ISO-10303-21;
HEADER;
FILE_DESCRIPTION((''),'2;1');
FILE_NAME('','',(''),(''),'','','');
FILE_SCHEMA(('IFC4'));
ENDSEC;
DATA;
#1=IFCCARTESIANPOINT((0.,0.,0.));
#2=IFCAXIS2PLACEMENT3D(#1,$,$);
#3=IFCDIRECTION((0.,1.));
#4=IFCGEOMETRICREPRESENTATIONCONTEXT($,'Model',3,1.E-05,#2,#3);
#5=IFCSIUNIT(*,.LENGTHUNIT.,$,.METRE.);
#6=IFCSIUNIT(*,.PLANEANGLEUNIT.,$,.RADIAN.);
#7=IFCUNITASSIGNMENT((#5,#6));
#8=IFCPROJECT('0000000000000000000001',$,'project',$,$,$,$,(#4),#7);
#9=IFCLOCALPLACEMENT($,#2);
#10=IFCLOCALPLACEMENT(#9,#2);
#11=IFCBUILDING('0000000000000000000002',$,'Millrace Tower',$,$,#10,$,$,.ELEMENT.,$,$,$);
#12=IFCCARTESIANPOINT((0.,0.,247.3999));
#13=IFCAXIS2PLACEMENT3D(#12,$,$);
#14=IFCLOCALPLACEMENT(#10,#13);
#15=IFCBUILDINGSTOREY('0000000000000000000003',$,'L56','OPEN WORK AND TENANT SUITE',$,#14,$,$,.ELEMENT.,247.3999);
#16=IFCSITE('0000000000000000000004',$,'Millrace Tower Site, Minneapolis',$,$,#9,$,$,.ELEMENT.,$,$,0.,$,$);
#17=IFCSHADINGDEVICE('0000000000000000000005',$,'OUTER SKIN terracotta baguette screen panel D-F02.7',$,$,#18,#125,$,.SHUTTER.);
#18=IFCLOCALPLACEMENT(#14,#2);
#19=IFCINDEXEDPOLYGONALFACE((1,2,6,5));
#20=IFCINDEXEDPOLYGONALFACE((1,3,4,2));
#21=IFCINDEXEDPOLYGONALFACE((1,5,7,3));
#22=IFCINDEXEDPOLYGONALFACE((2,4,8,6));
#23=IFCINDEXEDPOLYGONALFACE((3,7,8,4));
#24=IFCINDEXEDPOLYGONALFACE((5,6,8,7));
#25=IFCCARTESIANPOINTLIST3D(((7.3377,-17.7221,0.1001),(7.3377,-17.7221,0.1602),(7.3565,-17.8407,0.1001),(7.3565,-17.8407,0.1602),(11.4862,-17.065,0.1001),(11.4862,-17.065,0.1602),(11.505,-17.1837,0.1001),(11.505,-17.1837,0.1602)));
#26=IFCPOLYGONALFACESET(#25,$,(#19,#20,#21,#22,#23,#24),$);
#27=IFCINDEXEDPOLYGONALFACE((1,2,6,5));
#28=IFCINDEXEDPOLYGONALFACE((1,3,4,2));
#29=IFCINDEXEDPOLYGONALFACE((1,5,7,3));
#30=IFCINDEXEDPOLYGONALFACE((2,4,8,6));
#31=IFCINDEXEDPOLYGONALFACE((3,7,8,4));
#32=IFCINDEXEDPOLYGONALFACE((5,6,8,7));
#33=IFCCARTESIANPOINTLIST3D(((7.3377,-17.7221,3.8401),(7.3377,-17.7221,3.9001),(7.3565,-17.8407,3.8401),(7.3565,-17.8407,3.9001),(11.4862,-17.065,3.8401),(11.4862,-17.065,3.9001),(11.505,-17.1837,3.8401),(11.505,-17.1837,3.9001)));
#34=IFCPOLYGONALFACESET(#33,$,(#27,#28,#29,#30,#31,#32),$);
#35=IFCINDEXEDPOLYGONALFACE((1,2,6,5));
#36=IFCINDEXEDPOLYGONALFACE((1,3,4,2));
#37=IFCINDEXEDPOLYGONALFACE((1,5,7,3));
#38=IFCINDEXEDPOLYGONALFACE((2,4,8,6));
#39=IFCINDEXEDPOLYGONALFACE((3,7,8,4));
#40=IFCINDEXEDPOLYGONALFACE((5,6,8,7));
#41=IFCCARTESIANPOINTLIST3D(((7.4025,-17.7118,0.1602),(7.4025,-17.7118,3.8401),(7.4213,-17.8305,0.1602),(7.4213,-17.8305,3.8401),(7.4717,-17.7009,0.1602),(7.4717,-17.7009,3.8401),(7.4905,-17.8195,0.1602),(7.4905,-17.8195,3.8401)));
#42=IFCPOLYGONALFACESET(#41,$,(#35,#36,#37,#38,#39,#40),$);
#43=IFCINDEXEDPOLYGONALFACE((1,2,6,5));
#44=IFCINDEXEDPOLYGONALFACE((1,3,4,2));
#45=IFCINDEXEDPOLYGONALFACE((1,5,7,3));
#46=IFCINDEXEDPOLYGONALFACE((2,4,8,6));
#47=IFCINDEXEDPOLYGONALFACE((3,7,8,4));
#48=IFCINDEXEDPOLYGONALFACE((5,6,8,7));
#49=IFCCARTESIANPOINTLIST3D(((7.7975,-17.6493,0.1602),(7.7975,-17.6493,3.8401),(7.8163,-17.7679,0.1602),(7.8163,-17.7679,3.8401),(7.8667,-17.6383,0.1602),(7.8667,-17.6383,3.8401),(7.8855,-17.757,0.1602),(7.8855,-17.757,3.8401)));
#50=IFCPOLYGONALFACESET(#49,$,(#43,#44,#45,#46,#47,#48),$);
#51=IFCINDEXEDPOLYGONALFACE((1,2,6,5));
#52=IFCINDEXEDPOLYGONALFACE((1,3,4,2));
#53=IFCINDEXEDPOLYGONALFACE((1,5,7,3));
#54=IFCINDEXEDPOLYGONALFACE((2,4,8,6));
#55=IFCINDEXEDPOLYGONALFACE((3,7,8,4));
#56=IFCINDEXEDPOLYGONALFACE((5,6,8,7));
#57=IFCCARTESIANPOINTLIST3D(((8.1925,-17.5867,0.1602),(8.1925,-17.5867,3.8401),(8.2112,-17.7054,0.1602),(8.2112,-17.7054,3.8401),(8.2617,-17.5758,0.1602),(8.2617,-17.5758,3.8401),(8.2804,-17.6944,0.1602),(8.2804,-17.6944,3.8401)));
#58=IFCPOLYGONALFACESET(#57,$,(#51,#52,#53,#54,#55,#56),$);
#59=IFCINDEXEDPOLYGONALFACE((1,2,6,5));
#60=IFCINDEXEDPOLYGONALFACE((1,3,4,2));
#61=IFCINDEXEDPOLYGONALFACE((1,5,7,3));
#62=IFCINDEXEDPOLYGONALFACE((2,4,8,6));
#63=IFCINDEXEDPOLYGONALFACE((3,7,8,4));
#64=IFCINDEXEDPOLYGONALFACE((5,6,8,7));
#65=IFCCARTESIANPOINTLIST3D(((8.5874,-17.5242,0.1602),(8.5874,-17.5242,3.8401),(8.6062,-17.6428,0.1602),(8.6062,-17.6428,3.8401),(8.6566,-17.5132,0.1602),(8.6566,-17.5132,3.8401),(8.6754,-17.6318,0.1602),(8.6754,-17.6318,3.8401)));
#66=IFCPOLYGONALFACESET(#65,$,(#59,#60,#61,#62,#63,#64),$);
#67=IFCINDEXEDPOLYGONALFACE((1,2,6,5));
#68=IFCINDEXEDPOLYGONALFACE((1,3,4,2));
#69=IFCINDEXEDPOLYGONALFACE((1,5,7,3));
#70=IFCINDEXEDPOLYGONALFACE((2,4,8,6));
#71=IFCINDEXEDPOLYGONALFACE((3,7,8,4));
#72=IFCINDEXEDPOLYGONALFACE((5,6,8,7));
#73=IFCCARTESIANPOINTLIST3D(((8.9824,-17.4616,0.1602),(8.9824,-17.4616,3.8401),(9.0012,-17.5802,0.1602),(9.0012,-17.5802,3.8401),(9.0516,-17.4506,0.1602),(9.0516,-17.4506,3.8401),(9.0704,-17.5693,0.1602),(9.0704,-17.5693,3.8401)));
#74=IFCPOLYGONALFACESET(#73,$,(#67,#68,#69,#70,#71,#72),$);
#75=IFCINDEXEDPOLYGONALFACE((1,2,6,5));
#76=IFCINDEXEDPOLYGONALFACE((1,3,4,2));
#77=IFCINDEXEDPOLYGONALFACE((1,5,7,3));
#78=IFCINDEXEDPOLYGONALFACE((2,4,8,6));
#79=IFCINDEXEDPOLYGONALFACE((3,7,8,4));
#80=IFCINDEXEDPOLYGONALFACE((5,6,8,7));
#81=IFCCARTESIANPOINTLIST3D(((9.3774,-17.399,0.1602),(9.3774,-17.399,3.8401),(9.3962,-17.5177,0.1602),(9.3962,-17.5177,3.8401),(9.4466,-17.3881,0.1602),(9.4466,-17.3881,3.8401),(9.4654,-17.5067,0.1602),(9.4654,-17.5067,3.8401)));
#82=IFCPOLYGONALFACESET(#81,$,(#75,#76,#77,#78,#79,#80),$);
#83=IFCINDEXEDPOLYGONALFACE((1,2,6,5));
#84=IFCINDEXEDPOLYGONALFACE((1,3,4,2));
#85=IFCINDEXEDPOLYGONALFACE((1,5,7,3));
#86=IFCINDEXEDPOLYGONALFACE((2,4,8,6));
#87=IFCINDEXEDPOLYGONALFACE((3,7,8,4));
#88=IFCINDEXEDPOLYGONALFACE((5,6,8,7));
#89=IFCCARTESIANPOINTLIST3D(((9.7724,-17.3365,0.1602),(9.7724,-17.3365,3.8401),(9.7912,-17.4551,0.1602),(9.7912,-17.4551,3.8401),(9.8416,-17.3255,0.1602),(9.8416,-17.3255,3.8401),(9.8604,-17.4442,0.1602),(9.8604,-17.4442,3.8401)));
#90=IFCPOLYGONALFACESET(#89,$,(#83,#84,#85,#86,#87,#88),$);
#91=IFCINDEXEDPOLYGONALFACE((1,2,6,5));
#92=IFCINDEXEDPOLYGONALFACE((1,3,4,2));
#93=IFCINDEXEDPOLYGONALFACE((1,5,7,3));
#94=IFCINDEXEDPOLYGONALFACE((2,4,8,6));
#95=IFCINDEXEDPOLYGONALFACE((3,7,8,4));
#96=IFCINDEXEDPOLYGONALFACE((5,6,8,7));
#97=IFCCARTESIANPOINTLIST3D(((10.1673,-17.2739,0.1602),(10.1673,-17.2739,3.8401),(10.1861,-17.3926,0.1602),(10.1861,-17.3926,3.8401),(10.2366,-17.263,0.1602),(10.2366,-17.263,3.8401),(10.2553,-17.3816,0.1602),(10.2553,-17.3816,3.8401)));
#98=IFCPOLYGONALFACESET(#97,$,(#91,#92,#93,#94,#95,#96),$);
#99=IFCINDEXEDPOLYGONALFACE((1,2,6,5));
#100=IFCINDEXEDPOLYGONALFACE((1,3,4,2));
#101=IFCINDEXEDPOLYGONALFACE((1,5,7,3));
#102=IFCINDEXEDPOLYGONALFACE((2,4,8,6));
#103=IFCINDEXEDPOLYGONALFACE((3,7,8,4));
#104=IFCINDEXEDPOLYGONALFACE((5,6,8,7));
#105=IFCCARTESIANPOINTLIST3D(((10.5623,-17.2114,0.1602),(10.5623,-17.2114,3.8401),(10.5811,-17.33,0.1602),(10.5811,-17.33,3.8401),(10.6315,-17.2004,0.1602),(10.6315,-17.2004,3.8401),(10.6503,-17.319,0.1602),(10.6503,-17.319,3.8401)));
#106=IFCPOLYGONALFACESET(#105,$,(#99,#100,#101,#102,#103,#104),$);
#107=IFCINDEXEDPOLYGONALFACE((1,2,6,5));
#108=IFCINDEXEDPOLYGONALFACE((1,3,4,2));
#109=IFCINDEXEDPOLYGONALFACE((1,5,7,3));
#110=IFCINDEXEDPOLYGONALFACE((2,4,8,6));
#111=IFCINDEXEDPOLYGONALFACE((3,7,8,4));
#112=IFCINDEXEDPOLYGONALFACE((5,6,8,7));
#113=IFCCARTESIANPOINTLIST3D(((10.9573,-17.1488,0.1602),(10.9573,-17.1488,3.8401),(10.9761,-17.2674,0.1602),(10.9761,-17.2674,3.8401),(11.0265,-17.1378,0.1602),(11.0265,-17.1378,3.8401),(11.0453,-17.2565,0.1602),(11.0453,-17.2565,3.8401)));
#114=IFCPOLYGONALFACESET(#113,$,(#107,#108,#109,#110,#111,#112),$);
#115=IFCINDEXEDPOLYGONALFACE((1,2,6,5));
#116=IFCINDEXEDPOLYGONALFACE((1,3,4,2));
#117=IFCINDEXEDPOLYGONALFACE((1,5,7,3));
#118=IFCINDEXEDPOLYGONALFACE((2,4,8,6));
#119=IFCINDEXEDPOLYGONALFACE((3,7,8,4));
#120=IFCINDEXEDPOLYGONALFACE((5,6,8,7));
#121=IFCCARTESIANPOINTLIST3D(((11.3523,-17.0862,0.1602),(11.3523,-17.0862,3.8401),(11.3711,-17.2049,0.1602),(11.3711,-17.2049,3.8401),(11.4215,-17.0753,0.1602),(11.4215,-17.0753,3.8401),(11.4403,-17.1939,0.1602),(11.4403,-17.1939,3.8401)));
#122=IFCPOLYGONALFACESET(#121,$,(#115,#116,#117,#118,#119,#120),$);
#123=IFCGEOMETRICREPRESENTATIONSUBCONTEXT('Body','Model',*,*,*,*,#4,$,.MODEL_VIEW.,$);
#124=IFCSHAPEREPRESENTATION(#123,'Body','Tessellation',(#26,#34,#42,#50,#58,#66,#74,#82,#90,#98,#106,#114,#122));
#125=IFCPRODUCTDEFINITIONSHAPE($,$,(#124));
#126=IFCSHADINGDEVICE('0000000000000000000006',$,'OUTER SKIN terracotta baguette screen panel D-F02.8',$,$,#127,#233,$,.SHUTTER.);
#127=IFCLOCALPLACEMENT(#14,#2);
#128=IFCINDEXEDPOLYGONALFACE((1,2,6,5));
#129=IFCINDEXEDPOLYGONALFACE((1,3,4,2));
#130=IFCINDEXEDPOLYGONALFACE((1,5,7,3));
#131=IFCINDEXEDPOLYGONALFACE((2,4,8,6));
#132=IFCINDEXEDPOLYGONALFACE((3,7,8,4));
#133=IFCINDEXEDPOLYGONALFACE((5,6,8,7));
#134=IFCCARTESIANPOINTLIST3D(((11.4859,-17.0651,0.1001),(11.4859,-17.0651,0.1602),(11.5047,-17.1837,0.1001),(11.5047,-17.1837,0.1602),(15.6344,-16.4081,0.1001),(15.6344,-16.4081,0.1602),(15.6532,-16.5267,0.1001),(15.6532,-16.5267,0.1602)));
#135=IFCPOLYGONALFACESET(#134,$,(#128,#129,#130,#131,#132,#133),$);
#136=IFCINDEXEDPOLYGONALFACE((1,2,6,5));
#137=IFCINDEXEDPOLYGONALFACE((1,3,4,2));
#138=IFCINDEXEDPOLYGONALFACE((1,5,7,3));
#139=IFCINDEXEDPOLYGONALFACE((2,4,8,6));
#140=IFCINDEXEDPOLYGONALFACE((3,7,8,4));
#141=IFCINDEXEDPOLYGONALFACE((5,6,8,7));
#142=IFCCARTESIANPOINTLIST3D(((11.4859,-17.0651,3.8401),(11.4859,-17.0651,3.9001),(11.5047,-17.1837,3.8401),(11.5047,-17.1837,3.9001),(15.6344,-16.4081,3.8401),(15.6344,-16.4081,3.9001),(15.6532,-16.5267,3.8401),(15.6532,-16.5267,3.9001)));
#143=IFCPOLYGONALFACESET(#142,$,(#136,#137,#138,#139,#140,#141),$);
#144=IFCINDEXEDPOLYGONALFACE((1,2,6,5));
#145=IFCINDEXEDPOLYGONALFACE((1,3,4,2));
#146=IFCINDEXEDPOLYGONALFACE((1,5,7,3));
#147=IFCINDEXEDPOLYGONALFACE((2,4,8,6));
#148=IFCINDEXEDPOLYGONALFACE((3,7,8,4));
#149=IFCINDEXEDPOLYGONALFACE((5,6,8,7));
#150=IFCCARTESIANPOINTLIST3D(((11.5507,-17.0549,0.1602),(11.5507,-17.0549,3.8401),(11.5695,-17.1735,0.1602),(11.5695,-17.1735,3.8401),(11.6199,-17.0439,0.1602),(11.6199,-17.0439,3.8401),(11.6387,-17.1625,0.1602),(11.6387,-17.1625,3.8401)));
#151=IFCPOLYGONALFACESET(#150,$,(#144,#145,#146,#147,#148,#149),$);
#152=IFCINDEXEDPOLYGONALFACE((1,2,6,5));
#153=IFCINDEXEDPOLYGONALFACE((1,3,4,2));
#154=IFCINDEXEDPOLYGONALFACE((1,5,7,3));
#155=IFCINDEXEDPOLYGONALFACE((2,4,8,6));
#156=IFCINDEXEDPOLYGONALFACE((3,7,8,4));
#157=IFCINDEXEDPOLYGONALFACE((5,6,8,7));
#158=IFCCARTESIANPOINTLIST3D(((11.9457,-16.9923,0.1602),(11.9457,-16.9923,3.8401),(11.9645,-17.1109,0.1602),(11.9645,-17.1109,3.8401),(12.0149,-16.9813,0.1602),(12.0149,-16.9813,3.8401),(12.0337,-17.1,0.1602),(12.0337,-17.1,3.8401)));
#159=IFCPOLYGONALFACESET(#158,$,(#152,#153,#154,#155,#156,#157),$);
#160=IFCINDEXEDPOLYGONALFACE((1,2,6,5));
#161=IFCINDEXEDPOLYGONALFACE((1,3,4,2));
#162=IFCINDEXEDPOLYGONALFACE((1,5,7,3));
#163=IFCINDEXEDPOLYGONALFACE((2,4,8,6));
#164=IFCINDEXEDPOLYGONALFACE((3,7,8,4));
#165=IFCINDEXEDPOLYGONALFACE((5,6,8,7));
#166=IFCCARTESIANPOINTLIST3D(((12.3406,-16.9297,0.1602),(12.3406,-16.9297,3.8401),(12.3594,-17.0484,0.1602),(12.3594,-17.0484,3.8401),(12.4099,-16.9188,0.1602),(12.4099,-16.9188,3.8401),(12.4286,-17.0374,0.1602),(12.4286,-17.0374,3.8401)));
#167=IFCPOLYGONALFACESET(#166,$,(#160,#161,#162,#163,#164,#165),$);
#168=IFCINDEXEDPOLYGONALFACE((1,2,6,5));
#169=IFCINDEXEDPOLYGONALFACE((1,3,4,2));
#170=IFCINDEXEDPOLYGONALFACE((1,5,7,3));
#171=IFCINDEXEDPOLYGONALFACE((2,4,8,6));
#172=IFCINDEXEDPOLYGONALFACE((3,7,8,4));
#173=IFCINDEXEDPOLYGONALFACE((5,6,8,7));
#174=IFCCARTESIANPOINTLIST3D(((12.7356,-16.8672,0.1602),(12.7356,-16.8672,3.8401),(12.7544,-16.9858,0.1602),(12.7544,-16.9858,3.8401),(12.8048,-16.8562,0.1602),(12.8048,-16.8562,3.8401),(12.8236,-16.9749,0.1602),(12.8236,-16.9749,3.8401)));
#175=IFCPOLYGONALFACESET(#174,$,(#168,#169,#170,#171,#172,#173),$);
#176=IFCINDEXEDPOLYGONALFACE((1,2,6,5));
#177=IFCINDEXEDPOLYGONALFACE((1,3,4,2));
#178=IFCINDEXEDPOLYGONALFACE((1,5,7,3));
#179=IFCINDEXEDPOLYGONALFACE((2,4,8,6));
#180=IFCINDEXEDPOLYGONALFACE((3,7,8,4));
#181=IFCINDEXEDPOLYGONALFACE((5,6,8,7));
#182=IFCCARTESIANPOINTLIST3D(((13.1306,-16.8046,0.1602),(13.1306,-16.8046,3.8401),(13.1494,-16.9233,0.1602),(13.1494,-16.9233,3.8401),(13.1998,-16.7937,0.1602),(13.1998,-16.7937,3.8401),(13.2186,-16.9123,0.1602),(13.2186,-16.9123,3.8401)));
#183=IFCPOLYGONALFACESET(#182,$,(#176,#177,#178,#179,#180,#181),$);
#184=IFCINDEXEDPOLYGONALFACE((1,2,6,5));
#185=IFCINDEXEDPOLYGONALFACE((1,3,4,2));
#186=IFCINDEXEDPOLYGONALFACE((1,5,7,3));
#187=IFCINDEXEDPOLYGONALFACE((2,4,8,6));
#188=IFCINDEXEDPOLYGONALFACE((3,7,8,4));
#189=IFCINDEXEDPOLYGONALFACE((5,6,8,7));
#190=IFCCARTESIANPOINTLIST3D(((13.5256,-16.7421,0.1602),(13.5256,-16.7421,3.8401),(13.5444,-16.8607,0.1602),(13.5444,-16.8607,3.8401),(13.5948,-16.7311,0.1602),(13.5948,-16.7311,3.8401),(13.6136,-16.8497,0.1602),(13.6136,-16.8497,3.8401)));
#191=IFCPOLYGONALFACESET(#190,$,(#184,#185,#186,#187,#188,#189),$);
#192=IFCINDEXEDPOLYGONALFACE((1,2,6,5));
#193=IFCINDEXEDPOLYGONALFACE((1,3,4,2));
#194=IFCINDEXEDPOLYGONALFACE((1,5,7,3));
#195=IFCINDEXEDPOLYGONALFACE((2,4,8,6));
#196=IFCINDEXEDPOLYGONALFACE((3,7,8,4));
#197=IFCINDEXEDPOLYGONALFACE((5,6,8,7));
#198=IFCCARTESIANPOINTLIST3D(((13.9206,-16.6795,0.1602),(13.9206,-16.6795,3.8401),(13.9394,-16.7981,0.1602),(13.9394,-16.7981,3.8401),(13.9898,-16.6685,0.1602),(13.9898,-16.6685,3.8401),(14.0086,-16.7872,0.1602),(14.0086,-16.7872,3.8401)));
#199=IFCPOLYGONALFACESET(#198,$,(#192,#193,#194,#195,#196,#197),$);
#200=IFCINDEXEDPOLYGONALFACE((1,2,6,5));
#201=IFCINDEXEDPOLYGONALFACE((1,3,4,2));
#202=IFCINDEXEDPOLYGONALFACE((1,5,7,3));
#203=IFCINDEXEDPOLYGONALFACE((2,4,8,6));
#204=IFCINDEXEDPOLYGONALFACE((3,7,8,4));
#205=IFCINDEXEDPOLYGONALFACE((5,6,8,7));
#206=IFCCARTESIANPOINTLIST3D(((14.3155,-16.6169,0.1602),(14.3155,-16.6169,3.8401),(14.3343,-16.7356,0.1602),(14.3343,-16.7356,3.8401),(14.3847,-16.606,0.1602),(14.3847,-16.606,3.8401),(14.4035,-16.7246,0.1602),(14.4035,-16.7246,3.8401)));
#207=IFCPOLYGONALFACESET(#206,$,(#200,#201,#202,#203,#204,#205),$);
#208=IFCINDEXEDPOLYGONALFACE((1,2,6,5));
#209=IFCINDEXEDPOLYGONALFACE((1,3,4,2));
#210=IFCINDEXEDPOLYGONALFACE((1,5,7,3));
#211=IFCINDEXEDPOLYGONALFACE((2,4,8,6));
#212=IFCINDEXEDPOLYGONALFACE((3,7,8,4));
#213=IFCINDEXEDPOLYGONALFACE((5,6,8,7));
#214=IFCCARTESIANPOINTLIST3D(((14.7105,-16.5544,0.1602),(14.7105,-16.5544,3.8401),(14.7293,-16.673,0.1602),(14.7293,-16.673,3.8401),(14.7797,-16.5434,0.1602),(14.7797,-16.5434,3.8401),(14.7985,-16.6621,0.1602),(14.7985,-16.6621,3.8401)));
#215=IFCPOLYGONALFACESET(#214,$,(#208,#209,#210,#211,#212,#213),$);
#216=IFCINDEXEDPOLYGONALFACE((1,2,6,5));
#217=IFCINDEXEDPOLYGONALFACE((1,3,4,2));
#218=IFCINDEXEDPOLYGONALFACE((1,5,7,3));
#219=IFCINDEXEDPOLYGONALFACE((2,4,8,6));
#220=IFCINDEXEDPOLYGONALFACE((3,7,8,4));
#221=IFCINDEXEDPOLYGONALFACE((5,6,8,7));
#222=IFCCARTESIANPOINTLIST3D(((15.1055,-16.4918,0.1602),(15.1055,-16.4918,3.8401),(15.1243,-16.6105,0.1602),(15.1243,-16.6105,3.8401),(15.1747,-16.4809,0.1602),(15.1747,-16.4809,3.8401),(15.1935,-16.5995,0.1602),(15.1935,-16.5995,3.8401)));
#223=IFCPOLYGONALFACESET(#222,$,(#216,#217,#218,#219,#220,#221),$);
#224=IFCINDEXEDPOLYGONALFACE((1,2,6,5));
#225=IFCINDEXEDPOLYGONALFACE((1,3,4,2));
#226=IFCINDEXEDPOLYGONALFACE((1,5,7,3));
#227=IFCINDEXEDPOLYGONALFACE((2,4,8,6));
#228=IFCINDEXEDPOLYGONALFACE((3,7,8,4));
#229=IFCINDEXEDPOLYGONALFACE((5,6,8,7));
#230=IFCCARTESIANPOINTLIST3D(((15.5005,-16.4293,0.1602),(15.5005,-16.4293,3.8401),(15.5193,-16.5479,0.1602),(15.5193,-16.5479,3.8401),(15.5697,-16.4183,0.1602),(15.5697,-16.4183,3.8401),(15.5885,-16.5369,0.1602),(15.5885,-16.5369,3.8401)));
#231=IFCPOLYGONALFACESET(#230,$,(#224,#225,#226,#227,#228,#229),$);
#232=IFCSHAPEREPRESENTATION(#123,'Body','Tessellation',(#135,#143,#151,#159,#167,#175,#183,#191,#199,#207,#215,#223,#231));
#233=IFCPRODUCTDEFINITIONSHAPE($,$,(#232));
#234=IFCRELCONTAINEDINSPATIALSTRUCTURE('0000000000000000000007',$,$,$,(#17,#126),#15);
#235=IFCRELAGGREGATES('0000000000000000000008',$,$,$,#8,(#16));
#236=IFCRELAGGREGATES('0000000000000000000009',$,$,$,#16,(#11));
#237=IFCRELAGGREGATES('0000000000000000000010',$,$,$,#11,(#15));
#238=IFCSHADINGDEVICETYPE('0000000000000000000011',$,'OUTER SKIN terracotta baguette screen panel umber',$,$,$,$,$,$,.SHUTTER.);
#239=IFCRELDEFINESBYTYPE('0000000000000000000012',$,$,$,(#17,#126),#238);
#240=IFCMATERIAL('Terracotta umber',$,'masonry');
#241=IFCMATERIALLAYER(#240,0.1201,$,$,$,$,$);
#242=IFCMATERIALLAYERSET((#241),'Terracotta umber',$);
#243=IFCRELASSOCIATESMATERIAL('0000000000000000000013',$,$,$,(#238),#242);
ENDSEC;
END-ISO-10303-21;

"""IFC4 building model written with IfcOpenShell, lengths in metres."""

from ifc_helpers import new_model, entity, si_unit, direction, frame, frame_2d, origin, origin_2d, place, context, subcontext, project, spatial, rectangle, extrude, source, transform, mapped, material, layer, layer_set, type_object, element, save


model = new_model("IFC4")

# Units and contexts
model_context = context("Model", 3, precision=1e-05, world=origin(), true_north=direction((0.0, 1.0)))
body_context = subcontext(model_context, "Body", "Model", "MODEL_VIEW")
ifc_project = project(units=[si_unit("LENGTHUNIT", "METRE"), si_unit("PLANEANGLEUNIT", "RADIAN")], contexts=[model_context])

# Site, building, storey
site_placement = place(None, origin())
site = spatial("IfcSite", under=ifc_project, at=site_placement, Name="Millrace Tower Site, Minneapolis", CompositionType="ELEMENT", RefElevation=0.0)
building_placement = place(site_placement, origin())
building = spatial("IfcBuilding", under=site, at=building_placement, Name="Millrace Tower", CompositionType="ELEMENT")
storey_placement = place(building_placement, frame((0.0, 0.0, 247.3999)))
storey = spatial("IfcBuildingStorey", under=building, at=storey_placement, Name="L56", Description="OPEN WORK AND TENANT SUITE", CompositionType="ELEMENT", Elevation=247.3999)

# Shading devices
ifc_material_1 = material(Name="Terracotta umber", Category="masonry")
ifc_layer_1 = layer(ifc_material_1, 0.1201)
ifc_layer_set_1 = layer_set([ifc_layer_1], Name="Terracotta umber")
shading_device_type = type_object("IfcShadingDeviceType", Name="OUTER SKIN terracotta baguette screen panel umber", PredefinedType="SHUTTER", material=ifc_layer_set_1)
cartesian_point = entity("IfcCartesianPoint", [-2.1001, 0.0601])
shared_polyline = entity("IfcPolyline", [cartesian_point, entity("IfcCartesianPoint", [2.1001, 0.0601]), entity("IfcCartesianPoint", [2.1001, -0.0601]), entity("IfcCartesianPoint", [-2.1001, -0.0601]), cartesian_point])
shared_shape = source(origin(), body_context, "Body", "SweptSolid", [
    entity("IfcExtrudedAreaSolid", entity("IfcArbitraryClosedProfileDef", "AREA", None, shared_polyline), entity("IfcAxis2Placement3D", entity("IfcCartesianPoint", [0.0, 0.0, 0.0])), entity("IfcDirection", [0.0, 0.0, 1.0]), 0.0601),
    entity("IfcExtrudedAreaSolid", entity("IfcArbitraryClosedProfileDef", "AREA", None, shared_polyline), entity("IfcAxis2Placement3D", entity("IfcCartesianPoint", [0.0, 0.0, 3.74])), entity("IfcDirection", [0.0, 0.0, 1.0]), 0.0601),
    extrude(rectangle(XDim=0.0701, YDim=0.1201, at=frame_2d((-1.9995, 0.0))), frame((0.0, 0.0, 0.0601)), (0.0, 0.0, 1.0), 3.6799),
    extrude(rectangle(XDim=0.0701, YDim=0.1201, at=frame_2d((-1.5996, 0.0))), frame((0.0, 0.0, 0.0601)), (0.0, 0.0, 1.0), 3.6799),
    extrude(rectangle(XDim=0.0701, YDim=0.1201, at=frame_2d((-1.1997, 0.0))), frame((0.0, 0.0, 0.0601)), (0.0, 0.0, 1.0), 3.6799),
    extrude(rectangle(XDim=0.0701, YDim=0.1201, at=frame_2d((-0.7998, 0.0))), frame((0.0, 0.0, 0.0601)), (0.0, 0.0, 1.0), 3.6799),
    extrude(rectangle(XDim=0.0701, YDim=0.1201, at=frame_2d((-0.3999, 0.0))), frame((0.0, 0.0, 0.0601)), (0.0, 0.0, 1.0), 3.6799),
    extrude(rectangle(XDim=0.0701, YDim=0.1201, at=origin_2d()), frame((0.0, 0.0, 0.0601)), (0.0, 0.0, 1.0), 3.6799),
    extrude(rectangle(XDim=0.0701, YDim=0.1201, at=frame_2d((0.3999, 0.0))), frame((0.0, 0.0, 0.0601)), (0.0, 0.0, 1.0), 3.6799),
    extrude(rectangle(XDim=0.0701, YDim=0.1201, at=frame_2d((0.7998, 0.0))), frame((0.0, 0.0, 0.0601)), (0.0, 0.0, 1.0), 3.6799),
    extrude(rectangle(XDim=0.0701, YDim=0.1201, at=frame_2d((1.1997, 0.0))), frame((0.0, 0.0, 0.0601)), (0.0, 0.0, 1.0), 3.6799),
    extrude(rectangle(XDim=0.0701, YDim=0.1201, at=frame_2d((1.5996, 0.0))), frame((0.0, 0.0, 0.0601)), (0.0, 0.0, 1.0), 3.6799),
    extrude(rectangle(XDim=0.0701, YDim=0.1201, at=frame_2d((1.9995, 0.0))), frame((0.0, 0.0, 0.0601)), (0.0, 0.0, 1.0), 3.6799),
])
for number, where, z_axis, x_axis, name in (
    (1, (9.4214, -17.4529, 0.1001), (0.0, 0.0, 1.0), (0.987688, 0.156434, 0.0), "OUTER SKIN terracotta baguette screen panel D-F02.7"),
    (2, (13.5696, -16.7959, 0.1001), (0.0, 0.0, 1.0), (0.987688, 0.156434, 0.0), "OUTER SKIN terracotta baguette screen panel D-F02.8"),
):
    element("IfcShadingDevice", number, at=place(storey_placement, frame(where, z_axis=z_axis, x_axis=x_axis)), inside=storey, type_object=shading_device_type, Name=name, PredefinedType="SHUTTER", context=body_context, shape_type="MappedRepresentation", body=[
        mapped(shared_shape, transform((0.0, 0.0, 0.0), scale=1.0)),
    ])

save(model, "model.ifc")
